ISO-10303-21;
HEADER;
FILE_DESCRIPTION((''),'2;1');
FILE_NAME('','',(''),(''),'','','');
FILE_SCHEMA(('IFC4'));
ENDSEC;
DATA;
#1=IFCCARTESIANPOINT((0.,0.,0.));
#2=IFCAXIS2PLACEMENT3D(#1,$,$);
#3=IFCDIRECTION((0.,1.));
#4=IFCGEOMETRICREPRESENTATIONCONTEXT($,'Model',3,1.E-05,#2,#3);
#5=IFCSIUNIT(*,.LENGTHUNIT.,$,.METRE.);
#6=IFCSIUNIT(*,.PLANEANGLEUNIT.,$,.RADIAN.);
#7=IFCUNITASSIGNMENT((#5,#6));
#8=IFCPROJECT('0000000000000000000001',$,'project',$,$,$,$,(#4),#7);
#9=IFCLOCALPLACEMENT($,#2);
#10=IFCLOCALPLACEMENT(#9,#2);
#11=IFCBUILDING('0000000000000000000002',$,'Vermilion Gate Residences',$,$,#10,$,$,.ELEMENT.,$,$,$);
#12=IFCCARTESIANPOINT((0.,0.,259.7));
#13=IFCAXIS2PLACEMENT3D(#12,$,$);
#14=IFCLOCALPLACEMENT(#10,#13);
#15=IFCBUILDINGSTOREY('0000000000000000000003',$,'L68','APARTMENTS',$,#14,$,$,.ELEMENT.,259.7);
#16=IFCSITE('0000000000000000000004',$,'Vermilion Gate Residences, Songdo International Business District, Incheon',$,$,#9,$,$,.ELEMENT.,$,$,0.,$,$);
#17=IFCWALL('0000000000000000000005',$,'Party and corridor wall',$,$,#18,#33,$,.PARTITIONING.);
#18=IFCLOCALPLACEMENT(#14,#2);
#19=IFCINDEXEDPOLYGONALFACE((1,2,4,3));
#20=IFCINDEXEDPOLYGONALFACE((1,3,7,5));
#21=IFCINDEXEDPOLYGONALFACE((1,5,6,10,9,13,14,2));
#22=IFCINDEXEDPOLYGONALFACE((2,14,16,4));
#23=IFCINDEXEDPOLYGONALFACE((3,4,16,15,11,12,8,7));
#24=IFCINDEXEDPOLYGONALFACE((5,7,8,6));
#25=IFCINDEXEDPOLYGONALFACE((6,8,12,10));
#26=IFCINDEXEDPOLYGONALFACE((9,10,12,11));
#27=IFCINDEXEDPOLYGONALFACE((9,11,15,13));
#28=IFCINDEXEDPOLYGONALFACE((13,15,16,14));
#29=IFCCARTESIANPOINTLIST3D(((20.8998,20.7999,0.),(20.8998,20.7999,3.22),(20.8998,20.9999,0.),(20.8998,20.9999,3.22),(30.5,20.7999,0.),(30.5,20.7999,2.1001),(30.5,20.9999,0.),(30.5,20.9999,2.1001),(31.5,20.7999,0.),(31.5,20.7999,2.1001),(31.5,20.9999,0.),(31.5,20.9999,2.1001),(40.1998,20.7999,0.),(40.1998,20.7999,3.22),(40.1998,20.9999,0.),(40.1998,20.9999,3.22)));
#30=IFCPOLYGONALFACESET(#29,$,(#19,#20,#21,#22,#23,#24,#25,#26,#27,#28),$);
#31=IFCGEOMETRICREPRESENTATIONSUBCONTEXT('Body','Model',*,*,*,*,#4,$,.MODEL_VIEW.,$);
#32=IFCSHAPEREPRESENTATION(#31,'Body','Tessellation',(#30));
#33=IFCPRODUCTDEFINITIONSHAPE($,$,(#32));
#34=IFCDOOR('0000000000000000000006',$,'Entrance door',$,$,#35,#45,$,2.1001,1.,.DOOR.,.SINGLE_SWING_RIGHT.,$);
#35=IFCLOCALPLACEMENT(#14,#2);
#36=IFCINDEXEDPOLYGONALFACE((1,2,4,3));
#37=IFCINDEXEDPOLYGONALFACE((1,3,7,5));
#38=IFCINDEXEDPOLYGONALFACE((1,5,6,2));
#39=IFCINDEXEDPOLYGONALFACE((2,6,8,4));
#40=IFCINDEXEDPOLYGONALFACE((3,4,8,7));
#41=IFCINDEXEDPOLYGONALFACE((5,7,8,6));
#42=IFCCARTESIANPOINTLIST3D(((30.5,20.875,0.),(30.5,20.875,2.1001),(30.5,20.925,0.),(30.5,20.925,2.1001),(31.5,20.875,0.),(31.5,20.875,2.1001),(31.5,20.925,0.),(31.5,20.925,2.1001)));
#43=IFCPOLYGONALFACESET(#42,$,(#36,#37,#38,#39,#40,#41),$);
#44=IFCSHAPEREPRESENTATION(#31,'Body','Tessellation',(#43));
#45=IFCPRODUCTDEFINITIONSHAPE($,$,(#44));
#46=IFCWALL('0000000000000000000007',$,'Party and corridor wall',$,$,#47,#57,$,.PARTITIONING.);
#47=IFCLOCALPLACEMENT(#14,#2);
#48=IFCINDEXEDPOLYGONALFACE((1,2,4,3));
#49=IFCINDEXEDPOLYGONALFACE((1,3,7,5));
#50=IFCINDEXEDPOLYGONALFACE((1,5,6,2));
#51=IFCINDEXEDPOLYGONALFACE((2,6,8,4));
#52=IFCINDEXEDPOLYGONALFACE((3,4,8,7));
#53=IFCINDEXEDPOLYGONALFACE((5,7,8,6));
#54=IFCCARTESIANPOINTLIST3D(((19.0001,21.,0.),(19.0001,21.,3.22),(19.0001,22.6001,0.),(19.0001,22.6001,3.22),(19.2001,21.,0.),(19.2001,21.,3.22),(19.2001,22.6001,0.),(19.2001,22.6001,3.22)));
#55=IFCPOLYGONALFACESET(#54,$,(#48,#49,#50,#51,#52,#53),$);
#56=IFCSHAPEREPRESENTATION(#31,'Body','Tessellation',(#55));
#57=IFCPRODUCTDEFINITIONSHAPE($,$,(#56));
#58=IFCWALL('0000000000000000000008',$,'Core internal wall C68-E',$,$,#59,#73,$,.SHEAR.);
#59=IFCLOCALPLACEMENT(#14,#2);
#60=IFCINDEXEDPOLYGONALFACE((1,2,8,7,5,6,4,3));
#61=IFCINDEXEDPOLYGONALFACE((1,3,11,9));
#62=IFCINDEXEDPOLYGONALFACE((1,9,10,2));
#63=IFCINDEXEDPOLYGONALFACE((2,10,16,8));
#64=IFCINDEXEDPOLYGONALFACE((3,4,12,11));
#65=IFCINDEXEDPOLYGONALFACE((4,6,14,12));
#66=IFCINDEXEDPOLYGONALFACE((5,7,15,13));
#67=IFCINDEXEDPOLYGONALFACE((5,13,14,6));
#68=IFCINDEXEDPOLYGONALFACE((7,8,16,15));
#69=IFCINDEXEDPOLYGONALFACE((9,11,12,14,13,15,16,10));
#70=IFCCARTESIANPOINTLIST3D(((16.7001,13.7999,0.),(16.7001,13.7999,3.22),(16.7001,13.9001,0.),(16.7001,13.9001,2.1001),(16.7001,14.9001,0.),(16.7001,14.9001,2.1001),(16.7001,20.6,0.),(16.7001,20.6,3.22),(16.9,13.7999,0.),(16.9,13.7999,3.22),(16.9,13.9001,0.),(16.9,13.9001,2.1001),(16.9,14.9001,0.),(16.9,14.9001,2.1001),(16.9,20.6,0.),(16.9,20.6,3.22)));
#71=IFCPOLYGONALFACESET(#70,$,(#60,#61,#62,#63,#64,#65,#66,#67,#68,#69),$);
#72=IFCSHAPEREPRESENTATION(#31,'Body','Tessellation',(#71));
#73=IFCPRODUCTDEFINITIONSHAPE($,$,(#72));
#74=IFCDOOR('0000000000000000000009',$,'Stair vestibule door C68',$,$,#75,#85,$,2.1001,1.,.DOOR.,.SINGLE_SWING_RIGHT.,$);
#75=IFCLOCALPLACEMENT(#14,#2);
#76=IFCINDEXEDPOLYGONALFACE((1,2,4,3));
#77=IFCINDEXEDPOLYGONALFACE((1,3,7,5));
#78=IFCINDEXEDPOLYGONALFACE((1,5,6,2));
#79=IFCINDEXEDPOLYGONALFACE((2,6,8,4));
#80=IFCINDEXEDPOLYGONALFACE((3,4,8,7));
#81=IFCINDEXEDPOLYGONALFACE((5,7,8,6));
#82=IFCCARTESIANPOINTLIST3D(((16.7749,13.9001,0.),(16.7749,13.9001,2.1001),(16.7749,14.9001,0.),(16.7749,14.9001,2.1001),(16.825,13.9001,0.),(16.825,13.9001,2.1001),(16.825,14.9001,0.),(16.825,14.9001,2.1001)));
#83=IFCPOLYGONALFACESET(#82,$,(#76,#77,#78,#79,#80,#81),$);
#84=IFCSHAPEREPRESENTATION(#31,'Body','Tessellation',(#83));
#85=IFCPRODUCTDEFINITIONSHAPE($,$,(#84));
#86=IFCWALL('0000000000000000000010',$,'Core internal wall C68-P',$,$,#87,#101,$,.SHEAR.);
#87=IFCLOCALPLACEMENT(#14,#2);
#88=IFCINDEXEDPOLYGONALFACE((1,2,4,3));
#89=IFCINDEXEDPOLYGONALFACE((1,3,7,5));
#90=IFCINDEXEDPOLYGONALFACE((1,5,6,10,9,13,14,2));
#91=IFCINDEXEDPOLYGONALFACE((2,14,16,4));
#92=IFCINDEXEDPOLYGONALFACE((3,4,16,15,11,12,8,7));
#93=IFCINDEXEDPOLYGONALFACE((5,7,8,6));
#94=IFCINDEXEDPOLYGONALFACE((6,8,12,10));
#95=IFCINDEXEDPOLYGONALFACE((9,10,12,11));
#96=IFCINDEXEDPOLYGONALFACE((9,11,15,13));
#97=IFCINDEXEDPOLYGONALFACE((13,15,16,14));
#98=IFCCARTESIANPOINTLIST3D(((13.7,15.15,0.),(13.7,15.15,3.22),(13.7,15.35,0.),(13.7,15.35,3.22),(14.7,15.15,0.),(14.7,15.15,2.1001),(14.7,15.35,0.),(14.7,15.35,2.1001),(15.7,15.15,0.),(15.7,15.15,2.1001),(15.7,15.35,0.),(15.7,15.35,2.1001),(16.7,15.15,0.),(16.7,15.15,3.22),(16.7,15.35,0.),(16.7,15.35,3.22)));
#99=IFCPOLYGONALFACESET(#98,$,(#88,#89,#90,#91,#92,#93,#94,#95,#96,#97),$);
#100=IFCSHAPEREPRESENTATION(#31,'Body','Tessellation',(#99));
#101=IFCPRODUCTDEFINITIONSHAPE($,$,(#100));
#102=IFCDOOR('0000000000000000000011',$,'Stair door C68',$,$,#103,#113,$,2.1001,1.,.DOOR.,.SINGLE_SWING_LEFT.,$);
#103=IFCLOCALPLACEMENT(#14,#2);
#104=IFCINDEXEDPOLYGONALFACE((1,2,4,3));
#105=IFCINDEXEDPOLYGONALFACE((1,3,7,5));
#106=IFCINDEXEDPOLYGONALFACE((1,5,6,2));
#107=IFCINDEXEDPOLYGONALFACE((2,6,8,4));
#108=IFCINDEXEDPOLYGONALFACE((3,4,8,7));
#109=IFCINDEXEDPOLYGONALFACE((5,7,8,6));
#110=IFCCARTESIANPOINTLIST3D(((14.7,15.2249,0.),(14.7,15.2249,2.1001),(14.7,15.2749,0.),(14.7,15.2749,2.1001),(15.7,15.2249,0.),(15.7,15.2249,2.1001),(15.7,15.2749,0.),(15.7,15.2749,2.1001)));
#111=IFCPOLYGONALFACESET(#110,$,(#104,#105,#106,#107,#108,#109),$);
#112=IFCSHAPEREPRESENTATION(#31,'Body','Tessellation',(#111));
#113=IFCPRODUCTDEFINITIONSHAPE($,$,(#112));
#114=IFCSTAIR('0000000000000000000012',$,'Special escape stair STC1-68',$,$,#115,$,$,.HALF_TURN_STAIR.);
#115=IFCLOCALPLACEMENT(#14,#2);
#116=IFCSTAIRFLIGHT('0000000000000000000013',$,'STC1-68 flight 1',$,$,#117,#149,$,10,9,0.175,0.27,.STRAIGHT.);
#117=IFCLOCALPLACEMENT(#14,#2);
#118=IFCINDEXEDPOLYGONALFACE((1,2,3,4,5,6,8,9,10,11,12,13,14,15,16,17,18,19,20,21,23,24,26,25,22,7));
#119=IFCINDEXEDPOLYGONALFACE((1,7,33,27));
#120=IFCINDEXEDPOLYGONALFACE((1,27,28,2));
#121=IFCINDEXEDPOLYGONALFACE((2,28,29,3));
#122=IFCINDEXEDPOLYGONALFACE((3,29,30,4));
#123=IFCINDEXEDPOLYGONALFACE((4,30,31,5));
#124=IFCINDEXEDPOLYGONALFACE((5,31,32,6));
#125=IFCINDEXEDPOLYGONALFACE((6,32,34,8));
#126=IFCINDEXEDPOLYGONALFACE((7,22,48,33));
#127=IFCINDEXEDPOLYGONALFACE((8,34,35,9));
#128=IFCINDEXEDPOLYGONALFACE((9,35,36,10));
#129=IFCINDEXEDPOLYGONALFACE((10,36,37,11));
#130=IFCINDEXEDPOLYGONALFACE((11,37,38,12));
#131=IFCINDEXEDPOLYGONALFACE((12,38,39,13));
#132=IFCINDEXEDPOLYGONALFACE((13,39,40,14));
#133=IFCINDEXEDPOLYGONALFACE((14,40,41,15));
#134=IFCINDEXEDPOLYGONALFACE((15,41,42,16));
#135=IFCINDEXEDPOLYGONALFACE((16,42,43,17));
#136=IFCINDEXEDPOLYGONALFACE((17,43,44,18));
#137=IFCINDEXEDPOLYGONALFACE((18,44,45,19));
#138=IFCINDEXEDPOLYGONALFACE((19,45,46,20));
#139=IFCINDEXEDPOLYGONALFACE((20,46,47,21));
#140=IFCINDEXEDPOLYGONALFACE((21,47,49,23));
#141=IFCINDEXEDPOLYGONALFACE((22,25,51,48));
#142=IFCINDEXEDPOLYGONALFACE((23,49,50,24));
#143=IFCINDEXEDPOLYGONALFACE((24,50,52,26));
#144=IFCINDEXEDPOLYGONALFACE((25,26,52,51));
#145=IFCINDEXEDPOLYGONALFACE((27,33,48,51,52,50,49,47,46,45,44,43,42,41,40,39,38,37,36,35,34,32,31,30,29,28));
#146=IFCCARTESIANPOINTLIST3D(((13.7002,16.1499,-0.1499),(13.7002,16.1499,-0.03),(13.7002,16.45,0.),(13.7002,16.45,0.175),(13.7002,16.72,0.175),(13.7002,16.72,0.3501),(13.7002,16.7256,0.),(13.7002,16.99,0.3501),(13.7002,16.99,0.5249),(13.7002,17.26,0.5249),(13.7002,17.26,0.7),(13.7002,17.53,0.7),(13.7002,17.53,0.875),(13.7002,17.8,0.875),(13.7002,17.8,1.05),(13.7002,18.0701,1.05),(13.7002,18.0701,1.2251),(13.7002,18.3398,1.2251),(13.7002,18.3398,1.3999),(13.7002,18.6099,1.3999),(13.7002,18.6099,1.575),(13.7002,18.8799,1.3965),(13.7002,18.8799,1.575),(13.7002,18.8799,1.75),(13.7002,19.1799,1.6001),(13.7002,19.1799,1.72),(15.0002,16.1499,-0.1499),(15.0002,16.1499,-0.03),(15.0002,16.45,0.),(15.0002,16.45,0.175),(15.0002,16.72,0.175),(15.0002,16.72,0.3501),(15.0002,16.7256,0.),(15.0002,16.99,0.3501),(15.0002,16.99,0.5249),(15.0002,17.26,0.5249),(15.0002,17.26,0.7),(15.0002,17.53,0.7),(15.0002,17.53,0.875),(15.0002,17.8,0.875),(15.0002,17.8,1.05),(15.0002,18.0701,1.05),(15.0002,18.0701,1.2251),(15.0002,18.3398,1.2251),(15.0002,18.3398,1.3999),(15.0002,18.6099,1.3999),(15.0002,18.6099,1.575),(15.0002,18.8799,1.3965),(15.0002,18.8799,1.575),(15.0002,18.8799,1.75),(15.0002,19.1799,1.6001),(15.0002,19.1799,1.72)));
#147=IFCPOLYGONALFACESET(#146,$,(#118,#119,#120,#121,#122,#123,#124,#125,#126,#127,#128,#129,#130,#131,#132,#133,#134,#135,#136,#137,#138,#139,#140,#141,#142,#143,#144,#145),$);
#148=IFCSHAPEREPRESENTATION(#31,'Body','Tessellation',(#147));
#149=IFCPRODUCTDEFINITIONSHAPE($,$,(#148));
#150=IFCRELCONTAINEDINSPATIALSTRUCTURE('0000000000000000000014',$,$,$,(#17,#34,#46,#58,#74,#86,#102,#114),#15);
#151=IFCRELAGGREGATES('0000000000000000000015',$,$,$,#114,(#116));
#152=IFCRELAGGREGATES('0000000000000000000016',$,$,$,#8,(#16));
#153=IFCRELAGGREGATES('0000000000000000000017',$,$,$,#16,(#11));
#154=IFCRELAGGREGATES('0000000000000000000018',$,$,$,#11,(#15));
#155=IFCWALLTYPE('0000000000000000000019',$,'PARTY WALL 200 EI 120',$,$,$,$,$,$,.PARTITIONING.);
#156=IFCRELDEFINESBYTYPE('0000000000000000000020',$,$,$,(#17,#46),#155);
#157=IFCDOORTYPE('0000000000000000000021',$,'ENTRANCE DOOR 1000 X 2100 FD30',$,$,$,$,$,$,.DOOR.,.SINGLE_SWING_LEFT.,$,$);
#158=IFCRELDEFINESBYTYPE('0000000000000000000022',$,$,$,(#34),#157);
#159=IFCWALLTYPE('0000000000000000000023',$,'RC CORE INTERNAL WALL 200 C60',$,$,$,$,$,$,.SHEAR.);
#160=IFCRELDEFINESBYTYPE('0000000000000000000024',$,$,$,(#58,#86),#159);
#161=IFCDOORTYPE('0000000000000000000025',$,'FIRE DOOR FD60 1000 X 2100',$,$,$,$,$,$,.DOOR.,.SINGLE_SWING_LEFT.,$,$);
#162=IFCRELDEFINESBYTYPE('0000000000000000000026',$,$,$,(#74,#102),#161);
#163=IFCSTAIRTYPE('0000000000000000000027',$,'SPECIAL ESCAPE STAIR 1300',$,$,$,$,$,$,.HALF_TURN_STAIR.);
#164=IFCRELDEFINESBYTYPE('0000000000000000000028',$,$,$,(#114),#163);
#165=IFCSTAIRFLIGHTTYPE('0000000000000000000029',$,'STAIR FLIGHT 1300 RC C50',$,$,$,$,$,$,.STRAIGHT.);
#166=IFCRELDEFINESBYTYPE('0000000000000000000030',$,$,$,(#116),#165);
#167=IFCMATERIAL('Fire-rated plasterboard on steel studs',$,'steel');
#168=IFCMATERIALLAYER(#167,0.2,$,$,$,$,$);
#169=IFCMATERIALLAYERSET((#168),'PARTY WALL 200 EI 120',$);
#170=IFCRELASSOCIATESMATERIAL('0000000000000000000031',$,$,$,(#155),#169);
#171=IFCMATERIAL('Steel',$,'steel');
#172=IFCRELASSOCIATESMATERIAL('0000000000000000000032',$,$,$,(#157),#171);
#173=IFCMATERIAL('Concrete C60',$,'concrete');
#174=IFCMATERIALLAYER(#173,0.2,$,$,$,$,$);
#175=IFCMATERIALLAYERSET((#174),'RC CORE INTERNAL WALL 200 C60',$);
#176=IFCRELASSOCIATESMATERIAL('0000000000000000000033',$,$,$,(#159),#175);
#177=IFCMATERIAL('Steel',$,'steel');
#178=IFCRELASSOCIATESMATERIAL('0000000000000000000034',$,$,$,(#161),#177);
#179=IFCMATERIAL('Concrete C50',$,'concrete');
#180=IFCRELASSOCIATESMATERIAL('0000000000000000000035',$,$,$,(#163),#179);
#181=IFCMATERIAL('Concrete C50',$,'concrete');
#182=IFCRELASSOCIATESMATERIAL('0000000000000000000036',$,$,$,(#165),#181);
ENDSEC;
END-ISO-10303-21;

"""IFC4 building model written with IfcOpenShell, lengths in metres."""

from ifc_helpers import new_model, si_unit, direction, frame, frame_2d, origin, place, context, subcontext, project, spatial, polyline, rectangle, outline, extrude, material, layer, layer_set, type_object, element, fill, aggregate, save


model = new_model("IFC4")

# Units and contexts
model_context = context("Model", 3, precision=1e-05, world=origin(), true_north=direction((0.0, 1.0)))
body_context = subcontext(model_context, "Body", "Model", "MODEL_VIEW")
ifc_project = project(units=[si_unit("LENGTHUNIT", "METRE"), si_unit("PLANEANGLEUNIT", "RADIAN")], contexts=[model_context])

# Site, building, storey
site_placement = place(None, origin())
site = spatial("IfcSite", under=ifc_project, at=site_placement, Name="Vermilion Gate Residences, Songdo International Business District, Incheon", CompositionType="ELEMENT", RefElevation=0.0)
building_placement = place(site_placement, origin())
building = spatial("IfcBuilding", under=site, at=building_placement, Name="Vermilion Gate Residences", CompositionType="ELEMENT")
storey_placement = place(building_placement, frame((0.0, 0.0, 259.7)))
storey = spatial("IfcBuildingStorey", under=building, at=storey_placement, Name="L68", Description="APARTMENTS", CompositionType="ELEMENT", Elevation=259.7)

# Wall, opening, door
ifc_material_1 = material(Name="Fire-rated plasterboard on steel studs", Category="steel")
ifc_layer_1 = layer(ifc_material_1, 0.2)
ifc_layer_set_1 = layer_set([ifc_layer_1], Name="PARTY WALL 200 EI 120")
wall_type_1 = type_object("IfcWallType", Name="PARTY WALL 200 EI 120", PredefinedType="PARTITIONING", material=ifc_layer_set_1)
ifc_material_2 = material(Name="Steel", Category="steel")
door_type_1 = type_object("IfcDoorType", Name="ENTRANCE DOOR 1000 X 2100 FD30", OperationType="SINGLE_SWING_LEFT", PredefinedType="DOOR", material=ifc_material_2)
wall_1_placement = place(storey_placement, frame((20.8999, 20.8999, 0.0), z_axis=(0.0, 0.0, 1.0), x_axis=(1.0, 0.0, 0.0)))
wall_1 = element("IfcWall", 1, at=wall_1_placement, inside=storey, type_object=wall_type_1, Name="Party and corridor wall", PredefinedType="PARTITIONING", context=body_context, shape_type="SweptSolid", body=[
    extrude(rectangle(XDim=19.3, YDim=0.2, at=frame_2d((9.6499, 0.0))), origin(), (0.0, 0.0, 1.0), 3.22),
])
opening_1_placement = place(wall_1_placement, frame((9.6001, 0.0, 0.0)))
opening_1 = element("IfcOpeningElement", 2, at=opening_1_placement, cuts=wall_1, PredefinedType="OPENING", context=body_context, shape_type="SweptSolid", body=[
    extrude(rectangle(XDim=1.0, YDim=2.1001, at=frame_2d((0.5, 1.05))), frame((0.0, 0.1099, 0.0), z_axis=(0.0, -1.0, 0.0), x_axis=(1.0, 0.0, 0.0)), (0.0, 0.0, 1.0), 0.22),
])
door_1_placement = place(opening_1_placement, frame((1.0, 0.0, 0.0), z_axis=(0.0, 0.0, 1.0), x_axis=(-1.0, 0.0, 0.0)))
door_1 = element("IfcDoor", 3, at=door_1_placement, inside=storey, type_object=door_type_1, Name="Entrance door", OperationType="SINGLE_SWING_RIGHT", OverallHeight=2.1001, OverallWidth=1.0, PredefinedType="DOOR", context=body_context, shape_type="SweptSolid", body=[
    extrude(rectangle(XDim=1.0, YDim=2.1001, at=frame_2d((0.5, 1.05))), frame((0.0, 0.0249, 0.0), z_axis=(0.0, -1.0, 0.0), x_axis=(1.0, 0.0, 0.0)), (0.0, 0.0, 1.0), 0.05),
])
fill(opening_1, door_1)

# Wall
wall_2_placement = place(storey_placement, frame((19.1001, 21.0, 0.0), z_axis=(0.0, 0.0, 1.0), x_axis=(0.0, 1.0, 0.0)))
element("IfcWall", 4, at=wall_2_placement, inside=storey, type_object=wall_type_1, Name="Party and corridor wall", PredefinedType="PARTITIONING", context=body_context, shape_type="SweptSolid", body=[
    extrude(rectangle(XDim=1.6001, YDim=0.2, at=frame_2d((0.8, 0.0))), origin(), (0.0, 0.0, 1.0), 3.22),
])

# Walls, openings, doors
ifc_material_3 = material(Name="Concrete C60", Category="concrete")
ifc_layer_2 = layer(ifc_material_3, 0.2)
ifc_layer_set_2 = layer_set([ifc_layer_2], Name="RC CORE INTERNAL WALL 200 C60")
wall_type_2 = type_object("IfcWallType", Name="RC CORE INTERNAL WALL 200 C60", PredefinedType="SHEAR", material=ifc_layer_set_2)
wall_3_placement = place(storey_placement, frame((16.8, 13.8, 0.0), z_axis=(0.0, 0.0, 1.0), x_axis=(0.0, 1.0, 0.0)))
wall_3 = element("IfcWall", 5, at=wall_3_placement, inside=storey, type_object=wall_type_2, Name="Core internal wall C68-E", PredefinedType="SHEAR", context=body_context, shape_type="SweptSolid", body=[
    extrude(rectangle(XDim=6.8, YDim=0.2, at=frame_2d((3.3999, 0.0))), origin(), (0.0, 0.0, 1.0), 3.22),
])
opening_2_placement = place(wall_3_placement, frame((0.1001, 0.0, 0.0)))
opening_2 = element("IfcOpeningElement", 6, at=opening_2_placement, cuts=wall_3, PredefinedType="OPENING", context=body_context, shape_type="SweptSolid", body=[
    extrude(rectangle(XDim=1.0, YDim=2.1001, at=frame_2d((0.5, 1.05))), frame((0.0, 0.1099, 0.0), z_axis=(0.0, -1.0, 0.0), x_axis=(1.0, 0.0, 0.0)), (0.0, 0.0, 1.0), 0.22),
])
ifc_material_4 = material(Name="Steel", Category="steel")
door_type_2 = type_object("IfcDoorType", Name="FIRE DOOR FD60 1000 X 2100", OperationType="SINGLE_SWING_LEFT", PredefinedType="DOOR", material=ifc_material_4)
door_2_placement = place(opening_2_placement, frame((1.0, 0.0, 0.0), z_axis=(0.0, 0.0, 1.0), x_axis=(-1.0, 0.0, 0.0)))
door_2 = element("IfcDoor", 7, at=door_2_placement, inside=storey, type_object=door_type_2, Name="Stair vestibule door C68", OperationType="SINGLE_SWING_RIGHT", OverallHeight=2.1001, OverallWidth=1.0, PredefinedType="DOOR", context=body_context, shape_type="SweptSolid", body=[
    extrude(rectangle(XDim=1.0, YDim=2.1001, at=frame_2d((0.5, 1.05))), frame((0.0, 0.0249, 0.0), z_axis=(0.0, -1.0, 0.0), x_axis=(1.0, 0.0, 0.0)), (0.0, 0.0, 1.0), 0.05),
])
fill(opening_2, door_2)
wall_4_placement = place(storey_placement, frame((13.7, 15.25, 0.0), z_axis=(0.0, 0.0, 1.0), x_axis=(1.0, 0.0, 0.0)))
wall_4 = element("IfcWall", 8, at=wall_4_placement, inside=storey, type_object=wall_type_2, Name="Core internal wall C68-P", PredefinedType="SHEAR", context=body_context, shape_type="SweptSolid", body=[
    extrude(rectangle(XDim=3.0, YDim=0.2, at=frame_2d((1.5, 0.0))), origin(), (0.0, 0.0, 1.0), 3.22),
])
opening_3_placement = place(wall_4_placement, frame((1.0, 0.0, 0.0)))
opening_3 = element("IfcOpeningElement", 9, at=opening_3_placement, cuts=wall_4, PredefinedType="OPENING", context=body_context, shape_type="SweptSolid", body=[
    extrude(rectangle(XDim=1.0, YDim=2.1001, at=frame_2d((0.5, 1.05))), frame((0.0, 0.1099, 0.0), z_axis=(0.0, -1.0, 0.0), x_axis=(1.0, 0.0, 0.0)), (0.0, 0.0, 1.0), 0.22),
])
door_3_placement = place(opening_3_placement, origin())
door_3 = element("IfcDoor", 10, at=door_3_placement, inside=storey, type_object=door_type_2, Name="Stair door C68", OperationType="SINGLE_SWING_LEFT", OverallHeight=2.1001, OverallWidth=1.0, PredefinedType="DOOR", context=body_context, shape_type="SweptSolid", body=[
    extrude(rectangle(XDim=1.0, YDim=2.1001, at=frame_2d((0.5, 1.05))), frame((0.0, 0.0249, 0.0), z_axis=(0.0, -1.0, 0.0), x_axis=(1.0, 0.0, 0.0)), (0.0, 0.0, 1.0), 0.05),
])
fill(opening_3, door_3)

# Stair, stair flight
ifc_material_5 = material(Name="Concrete C50", Category="concrete")
stair_type = type_object("IfcStairType", Name="SPECIAL ESCAPE STAIR 1300", PredefinedType="HALF_TURN_STAIR", material=ifc_material_5)
stair_placement = place(storey_placement, origin())
stair = element("IfcStair", 11, at=stair_placement, inside=storey, type_object=stair_type, Name="Special escape stair STC1-68", PredefinedType="HALF_TURN_STAIR")
ifc_material_6 = material(Name="Concrete C50", Category="concrete")
stair_flight_type = type_object("IfcStairFlightType", Name="STAIR FLIGHT 1300 RC C50", PredefinedType="STRAIGHT", material=ifc_material_6)
stair_flight_1_placement = place(storey_placement, frame((14.3501, 16.45, 0.0), z_axis=(0.0, 0.0, 1.0), x_axis=(0.0, 1.0, 0.0)))
stair_flight_1 = element("IfcStairFlight", 12, at=stair_flight_1_placement, type_object=stair_flight_type, Name="STC1-68 flight 1", NumberOfRisers=10, NumberOfTreads=9, PredefinedType="STRAIGHT", RiserHeight=0.175, TreadLength=0.27, context=body_context, shape_type="SweptSolid", body=[
    extrude(outline(polyline([(-0.3, -0.1499), (-0.3, -0.03), (0.0, 0.0), (0.0, 0.175), (0.27, 0.175), (0.27, 0.3501), (0.54, 0.3501), (0.54, 0.5249), (0.8101, 0.5249), (0.8101, 0.7), (1.0801, 0.7), (1.0801, 0.875), (1.3501, 0.875), (1.3501, 1.05), (1.6201, 1.05), (1.6201, 1.2251), (1.8899, 1.2251), (1.8899, 1.3999), (2.1599, 1.3999), (2.1599, 1.575), (2.4299, 1.575), (2.4299, 1.75), (2.73, 1.72), (2.73, 1.6001), (2.4299, 1.3965), (0.2756, 0.0), (-0.3, -0.1499)])), frame((0.0, 0.6499, 0.0), z_axis=(0.0, -1.0, 0.0), x_axis=(1.0, 0.0, 0.0)), (0.0, 0.0, 1.0), 1.3),
])
aggregate(stair, [stair_flight_1])

save(model, "model.ifc")
